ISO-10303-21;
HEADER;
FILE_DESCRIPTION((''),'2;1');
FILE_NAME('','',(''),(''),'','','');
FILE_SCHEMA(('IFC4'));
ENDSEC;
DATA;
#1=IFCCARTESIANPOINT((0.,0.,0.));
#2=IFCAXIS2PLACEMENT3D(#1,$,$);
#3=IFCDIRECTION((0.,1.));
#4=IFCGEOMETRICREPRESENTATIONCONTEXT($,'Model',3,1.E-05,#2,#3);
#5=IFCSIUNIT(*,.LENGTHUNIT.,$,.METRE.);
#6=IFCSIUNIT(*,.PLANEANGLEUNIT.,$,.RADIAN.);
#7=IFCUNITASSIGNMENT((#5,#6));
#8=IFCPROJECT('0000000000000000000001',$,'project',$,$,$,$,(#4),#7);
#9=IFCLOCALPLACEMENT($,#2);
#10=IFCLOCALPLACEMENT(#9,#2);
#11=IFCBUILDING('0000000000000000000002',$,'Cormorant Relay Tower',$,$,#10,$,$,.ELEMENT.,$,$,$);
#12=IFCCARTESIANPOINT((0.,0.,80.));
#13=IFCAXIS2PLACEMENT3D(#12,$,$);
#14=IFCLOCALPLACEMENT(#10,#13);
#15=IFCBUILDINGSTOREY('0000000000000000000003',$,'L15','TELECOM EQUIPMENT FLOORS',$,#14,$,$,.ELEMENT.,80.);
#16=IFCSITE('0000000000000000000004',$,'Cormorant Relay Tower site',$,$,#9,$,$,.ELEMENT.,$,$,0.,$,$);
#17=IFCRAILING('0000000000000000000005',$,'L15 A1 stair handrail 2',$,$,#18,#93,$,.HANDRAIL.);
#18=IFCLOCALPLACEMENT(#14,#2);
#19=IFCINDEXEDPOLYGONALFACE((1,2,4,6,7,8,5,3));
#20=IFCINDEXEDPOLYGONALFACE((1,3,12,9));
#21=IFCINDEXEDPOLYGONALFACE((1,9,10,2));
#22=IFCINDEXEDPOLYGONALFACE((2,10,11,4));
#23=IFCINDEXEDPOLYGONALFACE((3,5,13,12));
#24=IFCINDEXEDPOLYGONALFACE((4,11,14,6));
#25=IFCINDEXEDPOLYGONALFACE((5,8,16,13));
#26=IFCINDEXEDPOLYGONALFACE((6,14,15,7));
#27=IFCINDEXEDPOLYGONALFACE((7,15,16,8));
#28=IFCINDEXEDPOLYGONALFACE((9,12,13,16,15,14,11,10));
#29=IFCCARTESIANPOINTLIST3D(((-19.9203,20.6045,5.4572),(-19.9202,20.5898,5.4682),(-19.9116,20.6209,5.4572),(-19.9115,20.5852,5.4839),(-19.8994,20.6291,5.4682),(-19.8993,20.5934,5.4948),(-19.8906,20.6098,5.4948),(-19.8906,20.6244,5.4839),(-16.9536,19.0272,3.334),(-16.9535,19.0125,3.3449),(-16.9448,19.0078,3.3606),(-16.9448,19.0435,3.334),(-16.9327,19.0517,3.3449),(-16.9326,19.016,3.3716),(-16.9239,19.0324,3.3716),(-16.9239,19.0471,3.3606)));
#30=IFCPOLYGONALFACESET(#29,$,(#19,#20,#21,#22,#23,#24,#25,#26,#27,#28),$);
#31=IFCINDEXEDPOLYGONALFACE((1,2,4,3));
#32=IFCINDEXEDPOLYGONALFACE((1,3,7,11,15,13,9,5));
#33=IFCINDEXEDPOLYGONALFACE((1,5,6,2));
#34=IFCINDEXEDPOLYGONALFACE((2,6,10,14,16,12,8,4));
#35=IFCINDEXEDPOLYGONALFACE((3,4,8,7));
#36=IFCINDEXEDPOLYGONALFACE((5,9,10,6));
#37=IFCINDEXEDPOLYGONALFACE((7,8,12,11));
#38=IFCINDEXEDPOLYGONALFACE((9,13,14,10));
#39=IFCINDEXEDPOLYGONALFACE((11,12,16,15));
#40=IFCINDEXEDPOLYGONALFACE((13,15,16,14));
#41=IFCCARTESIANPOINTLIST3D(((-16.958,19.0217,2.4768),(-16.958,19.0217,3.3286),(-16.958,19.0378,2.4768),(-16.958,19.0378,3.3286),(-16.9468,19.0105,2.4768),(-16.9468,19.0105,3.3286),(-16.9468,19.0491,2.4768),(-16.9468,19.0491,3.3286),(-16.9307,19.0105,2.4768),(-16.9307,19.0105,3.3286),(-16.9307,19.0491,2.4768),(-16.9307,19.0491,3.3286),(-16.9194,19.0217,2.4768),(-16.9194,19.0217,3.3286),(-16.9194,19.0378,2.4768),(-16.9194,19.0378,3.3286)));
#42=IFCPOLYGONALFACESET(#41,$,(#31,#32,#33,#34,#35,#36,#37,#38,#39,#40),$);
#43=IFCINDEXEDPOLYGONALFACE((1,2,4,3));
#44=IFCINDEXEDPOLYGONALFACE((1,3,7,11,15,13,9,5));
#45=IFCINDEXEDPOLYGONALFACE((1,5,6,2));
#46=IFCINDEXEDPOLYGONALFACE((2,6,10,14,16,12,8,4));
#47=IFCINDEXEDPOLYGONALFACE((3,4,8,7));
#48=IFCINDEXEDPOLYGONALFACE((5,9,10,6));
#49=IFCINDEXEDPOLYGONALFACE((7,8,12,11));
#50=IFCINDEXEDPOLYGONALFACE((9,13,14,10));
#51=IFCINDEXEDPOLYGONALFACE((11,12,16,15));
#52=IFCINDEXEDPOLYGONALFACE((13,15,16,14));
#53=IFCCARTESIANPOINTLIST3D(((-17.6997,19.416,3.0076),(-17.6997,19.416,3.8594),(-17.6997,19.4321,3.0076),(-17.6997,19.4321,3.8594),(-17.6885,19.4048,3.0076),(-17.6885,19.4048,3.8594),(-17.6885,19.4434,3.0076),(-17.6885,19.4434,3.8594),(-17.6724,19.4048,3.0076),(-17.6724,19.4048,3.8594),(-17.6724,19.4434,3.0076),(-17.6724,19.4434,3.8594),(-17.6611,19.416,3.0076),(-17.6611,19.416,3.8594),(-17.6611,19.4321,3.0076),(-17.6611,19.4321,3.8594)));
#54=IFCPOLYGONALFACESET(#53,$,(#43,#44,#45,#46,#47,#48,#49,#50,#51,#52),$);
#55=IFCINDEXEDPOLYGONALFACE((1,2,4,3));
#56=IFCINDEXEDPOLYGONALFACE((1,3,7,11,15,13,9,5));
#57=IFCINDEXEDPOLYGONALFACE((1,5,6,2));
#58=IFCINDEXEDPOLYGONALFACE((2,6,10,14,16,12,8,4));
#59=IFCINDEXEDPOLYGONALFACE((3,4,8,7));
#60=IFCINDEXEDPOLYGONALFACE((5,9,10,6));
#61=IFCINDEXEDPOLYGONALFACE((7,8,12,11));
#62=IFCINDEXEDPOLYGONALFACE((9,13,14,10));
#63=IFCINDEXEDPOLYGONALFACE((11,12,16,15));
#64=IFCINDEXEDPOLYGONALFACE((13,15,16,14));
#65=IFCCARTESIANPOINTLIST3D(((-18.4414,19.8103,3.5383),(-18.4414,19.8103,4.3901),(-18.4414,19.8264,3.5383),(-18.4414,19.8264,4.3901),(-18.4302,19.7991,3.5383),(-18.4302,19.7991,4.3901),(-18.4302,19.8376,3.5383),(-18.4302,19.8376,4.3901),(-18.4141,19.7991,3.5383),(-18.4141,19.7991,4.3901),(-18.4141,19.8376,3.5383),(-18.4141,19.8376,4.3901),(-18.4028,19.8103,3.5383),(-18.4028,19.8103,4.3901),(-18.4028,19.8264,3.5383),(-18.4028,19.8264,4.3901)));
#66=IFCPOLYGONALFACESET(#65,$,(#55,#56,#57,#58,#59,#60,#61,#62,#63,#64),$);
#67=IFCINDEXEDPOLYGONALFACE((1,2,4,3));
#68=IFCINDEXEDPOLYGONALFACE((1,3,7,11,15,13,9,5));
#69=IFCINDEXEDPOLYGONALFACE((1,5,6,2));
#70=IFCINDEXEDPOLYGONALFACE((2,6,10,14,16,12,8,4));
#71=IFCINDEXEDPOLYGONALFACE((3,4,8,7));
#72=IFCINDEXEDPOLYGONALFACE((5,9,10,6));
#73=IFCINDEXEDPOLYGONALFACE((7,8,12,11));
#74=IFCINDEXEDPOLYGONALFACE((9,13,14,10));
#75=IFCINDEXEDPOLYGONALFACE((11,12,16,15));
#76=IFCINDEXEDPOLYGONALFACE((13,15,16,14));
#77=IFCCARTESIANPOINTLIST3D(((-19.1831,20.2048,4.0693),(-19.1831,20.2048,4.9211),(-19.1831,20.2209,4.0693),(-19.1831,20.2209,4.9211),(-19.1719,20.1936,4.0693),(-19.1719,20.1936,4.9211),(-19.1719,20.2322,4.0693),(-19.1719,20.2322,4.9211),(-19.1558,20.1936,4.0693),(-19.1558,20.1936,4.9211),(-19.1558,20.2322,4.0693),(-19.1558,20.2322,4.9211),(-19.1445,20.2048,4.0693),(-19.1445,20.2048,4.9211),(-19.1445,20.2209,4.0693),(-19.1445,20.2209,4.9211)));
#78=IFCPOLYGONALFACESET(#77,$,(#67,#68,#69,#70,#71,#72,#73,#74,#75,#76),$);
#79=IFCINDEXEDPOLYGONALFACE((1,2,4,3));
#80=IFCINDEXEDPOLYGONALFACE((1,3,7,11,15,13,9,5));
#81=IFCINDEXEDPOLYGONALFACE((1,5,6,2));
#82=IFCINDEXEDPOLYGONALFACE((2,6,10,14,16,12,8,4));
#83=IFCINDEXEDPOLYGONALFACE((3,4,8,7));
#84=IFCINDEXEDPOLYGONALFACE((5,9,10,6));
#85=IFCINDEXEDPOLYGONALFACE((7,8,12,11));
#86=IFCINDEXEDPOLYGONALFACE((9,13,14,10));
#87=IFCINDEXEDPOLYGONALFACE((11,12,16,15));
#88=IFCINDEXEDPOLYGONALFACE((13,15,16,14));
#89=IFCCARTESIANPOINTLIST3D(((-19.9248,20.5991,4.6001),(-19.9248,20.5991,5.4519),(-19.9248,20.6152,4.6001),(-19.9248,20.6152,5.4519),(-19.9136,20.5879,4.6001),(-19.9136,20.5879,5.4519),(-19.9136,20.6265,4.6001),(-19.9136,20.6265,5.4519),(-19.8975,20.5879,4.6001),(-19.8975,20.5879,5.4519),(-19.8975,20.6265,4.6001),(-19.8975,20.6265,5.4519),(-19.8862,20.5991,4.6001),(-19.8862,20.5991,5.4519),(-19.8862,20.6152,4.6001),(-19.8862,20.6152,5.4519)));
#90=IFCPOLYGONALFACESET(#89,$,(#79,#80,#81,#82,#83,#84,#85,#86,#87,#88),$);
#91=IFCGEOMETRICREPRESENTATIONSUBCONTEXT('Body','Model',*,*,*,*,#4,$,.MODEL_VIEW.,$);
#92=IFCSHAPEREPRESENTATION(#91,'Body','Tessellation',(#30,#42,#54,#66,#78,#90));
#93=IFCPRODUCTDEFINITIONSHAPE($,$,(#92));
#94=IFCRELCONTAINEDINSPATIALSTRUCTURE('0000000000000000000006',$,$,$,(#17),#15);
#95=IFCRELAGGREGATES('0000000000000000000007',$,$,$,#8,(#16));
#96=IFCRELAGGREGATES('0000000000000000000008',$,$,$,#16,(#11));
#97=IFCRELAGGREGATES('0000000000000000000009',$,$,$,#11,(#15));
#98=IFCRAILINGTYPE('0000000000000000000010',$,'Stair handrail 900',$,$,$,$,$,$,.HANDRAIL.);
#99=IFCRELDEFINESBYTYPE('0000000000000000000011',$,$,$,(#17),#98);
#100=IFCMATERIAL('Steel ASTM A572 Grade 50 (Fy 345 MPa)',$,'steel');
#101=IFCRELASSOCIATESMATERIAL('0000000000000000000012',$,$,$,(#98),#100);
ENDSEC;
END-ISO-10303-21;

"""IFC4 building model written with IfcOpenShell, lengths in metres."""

from ifc_helpers import new_model, si_unit, direction, frame, origin, place, context, subcontext, project, spatial, polyline, outline, extrude, material, type_object, element, save


model = new_model("IFC4")

# Units and contexts
model_context = context("Model", 3, precision=1e-05, world=origin(), true_north=direction((0.0, 1.0)))
body_context = subcontext(model_context, "Body", "Model", "MODEL_VIEW")
ifc_project = project(units=[si_unit("LENGTHUNIT", "METRE"), si_unit("PLANEANGLEUNIT", "RADIAN")], contexts=[model_context])

# Site, building, storey
site_placement = place(None, origin())
site = spatial("IfcSite", under=ifc_project, at=site_placement, Name="Cormorant Relay Tower site", CompositionType="ELEMENT", RefElevation=0.0)
building_placement = place(site_placement, origin())
building = spatial("IfcBuilding", under=site, at=building_placement, Name="Cormorant Relay Tower", CompositionType="ELEMENT")
storey_placement = place(building_placement, frame((0.0, 0.0, 80.0)))
storey = spatial("IfcBuildingStorey", under=building, at=storey_placement, Name="L15", Description="TELECOM EQUIPMENT FLOORS", CompositionType="ELEMENT", Elevation=80.0)

# Railing
ifc_material_1 = material(Name="Steel ASTM A572 Grade 50 (Fy 345 MPa)", Category="steel")
railing_type_1 = type_object("IfcRailingType", Name="Stair handrail 900", PredefinedType="HANDRAIL", material=ifc_material_1)
railing_1_placement = place(storey_placement, frame((-16.9387, 19.0298, 2.4768)))
element("IfcRailing", 1, at=railing_1_placement, inside=storey, type_object=railing_type_1, Name="L15 A1 stair handrail 2", PredefinedType="HANDRAIL", context=body_context, shape_type="SweptSolid", body=[
    extrude(outline(polyline([(0.0222, 0.0093), (0.0093, 0.0222), (-0.0093, 0.0222), (-0.0222, 0.0093), (-0.0222, -0.0093), (-0.0093, -0.0222), (0.0093, -0.0222), (0.0222, -0.0093), (0.0222, 0.0093)])), frame((0.0, 0.0, 0.876), z_axis=(-0.746416, 0.396856, 0.534199), x_axis=(-0.469453, -0.882958, 0.0)), (0.0, 0.0, 1.0), 3.9746),
    extrude(outline(polyline([(0.0193, 0.0081), (0.0081, 0.0193), (-0.0081, 0.0193), (-0.0193, 0.0081), (-0.0193, -0.0081), (-0.0081, -0.0193), (0.0081, -0.0193), (0.0193, -0.0081), (0.0193, 0.0081)])), origin(), (0.0, 0.0, 1.0), 0.8518),
    extrude(outline(polyline([(0.0193, 0.0081), (0.0081, 0.0193), (-0.0081, 0.0193), (-0.0193, 0.0081), (-0.0193, -0.0081), (-0.0081, -0.0193), (0.0081, -0.0193), (0.0193, -0.0081), (0.0193, 0.0081)])), frame((-0.7417, 0.3943, 0.5308)), (0.0, 0.0, 1.0), 0.8518),
    extrude(outline(polyline([(0.0193, 0.0081), (0.0081, 0.0193), (-0.0081, 0.0193), (-0.0193, 0.0081), (-0.0193, -0.0081), (-0.0081, -0.0193), (0.0081, -0.0193), (0.0193, -0.0081), (0.0193, 0.0081)])), frame((-1.4834, 0.7886, 1.0615)), (0.0, 0.0, 1.0), 0.8518),
    extrude(outline(polyline([(0.0193, 0.0081), (0.0081, 0.0193), (-0.0081, 0.0193), (-0.0193, 0.0081), (-0.0193, -0.0081), (-0.0081, -0.0193), (0.0081, -0.0193), (0.0193, -0.0081), (0.0193, 0.0081)])), frame((-2.2251, 1.1831, 1.5925)), (0.0, 0.0, 1.0), 0.8518),
    extrude(outline(polyline([(0.0193, 0.0081), (0.0081, 0.0193), (-0.0081, 0.0193), (-0.0193, 0.0081), (-0.0193, -0.0081), (-0.0081, -0.0193), (0.0081, -0.0193), (0.0193, -0.0081), (0.0193, 0.0081)])), frame((-2.9668, 1.5774, 2.1233)), (0.0, 0.0, 1.0), 0.8518),
])

save(model, "model.ifc")
